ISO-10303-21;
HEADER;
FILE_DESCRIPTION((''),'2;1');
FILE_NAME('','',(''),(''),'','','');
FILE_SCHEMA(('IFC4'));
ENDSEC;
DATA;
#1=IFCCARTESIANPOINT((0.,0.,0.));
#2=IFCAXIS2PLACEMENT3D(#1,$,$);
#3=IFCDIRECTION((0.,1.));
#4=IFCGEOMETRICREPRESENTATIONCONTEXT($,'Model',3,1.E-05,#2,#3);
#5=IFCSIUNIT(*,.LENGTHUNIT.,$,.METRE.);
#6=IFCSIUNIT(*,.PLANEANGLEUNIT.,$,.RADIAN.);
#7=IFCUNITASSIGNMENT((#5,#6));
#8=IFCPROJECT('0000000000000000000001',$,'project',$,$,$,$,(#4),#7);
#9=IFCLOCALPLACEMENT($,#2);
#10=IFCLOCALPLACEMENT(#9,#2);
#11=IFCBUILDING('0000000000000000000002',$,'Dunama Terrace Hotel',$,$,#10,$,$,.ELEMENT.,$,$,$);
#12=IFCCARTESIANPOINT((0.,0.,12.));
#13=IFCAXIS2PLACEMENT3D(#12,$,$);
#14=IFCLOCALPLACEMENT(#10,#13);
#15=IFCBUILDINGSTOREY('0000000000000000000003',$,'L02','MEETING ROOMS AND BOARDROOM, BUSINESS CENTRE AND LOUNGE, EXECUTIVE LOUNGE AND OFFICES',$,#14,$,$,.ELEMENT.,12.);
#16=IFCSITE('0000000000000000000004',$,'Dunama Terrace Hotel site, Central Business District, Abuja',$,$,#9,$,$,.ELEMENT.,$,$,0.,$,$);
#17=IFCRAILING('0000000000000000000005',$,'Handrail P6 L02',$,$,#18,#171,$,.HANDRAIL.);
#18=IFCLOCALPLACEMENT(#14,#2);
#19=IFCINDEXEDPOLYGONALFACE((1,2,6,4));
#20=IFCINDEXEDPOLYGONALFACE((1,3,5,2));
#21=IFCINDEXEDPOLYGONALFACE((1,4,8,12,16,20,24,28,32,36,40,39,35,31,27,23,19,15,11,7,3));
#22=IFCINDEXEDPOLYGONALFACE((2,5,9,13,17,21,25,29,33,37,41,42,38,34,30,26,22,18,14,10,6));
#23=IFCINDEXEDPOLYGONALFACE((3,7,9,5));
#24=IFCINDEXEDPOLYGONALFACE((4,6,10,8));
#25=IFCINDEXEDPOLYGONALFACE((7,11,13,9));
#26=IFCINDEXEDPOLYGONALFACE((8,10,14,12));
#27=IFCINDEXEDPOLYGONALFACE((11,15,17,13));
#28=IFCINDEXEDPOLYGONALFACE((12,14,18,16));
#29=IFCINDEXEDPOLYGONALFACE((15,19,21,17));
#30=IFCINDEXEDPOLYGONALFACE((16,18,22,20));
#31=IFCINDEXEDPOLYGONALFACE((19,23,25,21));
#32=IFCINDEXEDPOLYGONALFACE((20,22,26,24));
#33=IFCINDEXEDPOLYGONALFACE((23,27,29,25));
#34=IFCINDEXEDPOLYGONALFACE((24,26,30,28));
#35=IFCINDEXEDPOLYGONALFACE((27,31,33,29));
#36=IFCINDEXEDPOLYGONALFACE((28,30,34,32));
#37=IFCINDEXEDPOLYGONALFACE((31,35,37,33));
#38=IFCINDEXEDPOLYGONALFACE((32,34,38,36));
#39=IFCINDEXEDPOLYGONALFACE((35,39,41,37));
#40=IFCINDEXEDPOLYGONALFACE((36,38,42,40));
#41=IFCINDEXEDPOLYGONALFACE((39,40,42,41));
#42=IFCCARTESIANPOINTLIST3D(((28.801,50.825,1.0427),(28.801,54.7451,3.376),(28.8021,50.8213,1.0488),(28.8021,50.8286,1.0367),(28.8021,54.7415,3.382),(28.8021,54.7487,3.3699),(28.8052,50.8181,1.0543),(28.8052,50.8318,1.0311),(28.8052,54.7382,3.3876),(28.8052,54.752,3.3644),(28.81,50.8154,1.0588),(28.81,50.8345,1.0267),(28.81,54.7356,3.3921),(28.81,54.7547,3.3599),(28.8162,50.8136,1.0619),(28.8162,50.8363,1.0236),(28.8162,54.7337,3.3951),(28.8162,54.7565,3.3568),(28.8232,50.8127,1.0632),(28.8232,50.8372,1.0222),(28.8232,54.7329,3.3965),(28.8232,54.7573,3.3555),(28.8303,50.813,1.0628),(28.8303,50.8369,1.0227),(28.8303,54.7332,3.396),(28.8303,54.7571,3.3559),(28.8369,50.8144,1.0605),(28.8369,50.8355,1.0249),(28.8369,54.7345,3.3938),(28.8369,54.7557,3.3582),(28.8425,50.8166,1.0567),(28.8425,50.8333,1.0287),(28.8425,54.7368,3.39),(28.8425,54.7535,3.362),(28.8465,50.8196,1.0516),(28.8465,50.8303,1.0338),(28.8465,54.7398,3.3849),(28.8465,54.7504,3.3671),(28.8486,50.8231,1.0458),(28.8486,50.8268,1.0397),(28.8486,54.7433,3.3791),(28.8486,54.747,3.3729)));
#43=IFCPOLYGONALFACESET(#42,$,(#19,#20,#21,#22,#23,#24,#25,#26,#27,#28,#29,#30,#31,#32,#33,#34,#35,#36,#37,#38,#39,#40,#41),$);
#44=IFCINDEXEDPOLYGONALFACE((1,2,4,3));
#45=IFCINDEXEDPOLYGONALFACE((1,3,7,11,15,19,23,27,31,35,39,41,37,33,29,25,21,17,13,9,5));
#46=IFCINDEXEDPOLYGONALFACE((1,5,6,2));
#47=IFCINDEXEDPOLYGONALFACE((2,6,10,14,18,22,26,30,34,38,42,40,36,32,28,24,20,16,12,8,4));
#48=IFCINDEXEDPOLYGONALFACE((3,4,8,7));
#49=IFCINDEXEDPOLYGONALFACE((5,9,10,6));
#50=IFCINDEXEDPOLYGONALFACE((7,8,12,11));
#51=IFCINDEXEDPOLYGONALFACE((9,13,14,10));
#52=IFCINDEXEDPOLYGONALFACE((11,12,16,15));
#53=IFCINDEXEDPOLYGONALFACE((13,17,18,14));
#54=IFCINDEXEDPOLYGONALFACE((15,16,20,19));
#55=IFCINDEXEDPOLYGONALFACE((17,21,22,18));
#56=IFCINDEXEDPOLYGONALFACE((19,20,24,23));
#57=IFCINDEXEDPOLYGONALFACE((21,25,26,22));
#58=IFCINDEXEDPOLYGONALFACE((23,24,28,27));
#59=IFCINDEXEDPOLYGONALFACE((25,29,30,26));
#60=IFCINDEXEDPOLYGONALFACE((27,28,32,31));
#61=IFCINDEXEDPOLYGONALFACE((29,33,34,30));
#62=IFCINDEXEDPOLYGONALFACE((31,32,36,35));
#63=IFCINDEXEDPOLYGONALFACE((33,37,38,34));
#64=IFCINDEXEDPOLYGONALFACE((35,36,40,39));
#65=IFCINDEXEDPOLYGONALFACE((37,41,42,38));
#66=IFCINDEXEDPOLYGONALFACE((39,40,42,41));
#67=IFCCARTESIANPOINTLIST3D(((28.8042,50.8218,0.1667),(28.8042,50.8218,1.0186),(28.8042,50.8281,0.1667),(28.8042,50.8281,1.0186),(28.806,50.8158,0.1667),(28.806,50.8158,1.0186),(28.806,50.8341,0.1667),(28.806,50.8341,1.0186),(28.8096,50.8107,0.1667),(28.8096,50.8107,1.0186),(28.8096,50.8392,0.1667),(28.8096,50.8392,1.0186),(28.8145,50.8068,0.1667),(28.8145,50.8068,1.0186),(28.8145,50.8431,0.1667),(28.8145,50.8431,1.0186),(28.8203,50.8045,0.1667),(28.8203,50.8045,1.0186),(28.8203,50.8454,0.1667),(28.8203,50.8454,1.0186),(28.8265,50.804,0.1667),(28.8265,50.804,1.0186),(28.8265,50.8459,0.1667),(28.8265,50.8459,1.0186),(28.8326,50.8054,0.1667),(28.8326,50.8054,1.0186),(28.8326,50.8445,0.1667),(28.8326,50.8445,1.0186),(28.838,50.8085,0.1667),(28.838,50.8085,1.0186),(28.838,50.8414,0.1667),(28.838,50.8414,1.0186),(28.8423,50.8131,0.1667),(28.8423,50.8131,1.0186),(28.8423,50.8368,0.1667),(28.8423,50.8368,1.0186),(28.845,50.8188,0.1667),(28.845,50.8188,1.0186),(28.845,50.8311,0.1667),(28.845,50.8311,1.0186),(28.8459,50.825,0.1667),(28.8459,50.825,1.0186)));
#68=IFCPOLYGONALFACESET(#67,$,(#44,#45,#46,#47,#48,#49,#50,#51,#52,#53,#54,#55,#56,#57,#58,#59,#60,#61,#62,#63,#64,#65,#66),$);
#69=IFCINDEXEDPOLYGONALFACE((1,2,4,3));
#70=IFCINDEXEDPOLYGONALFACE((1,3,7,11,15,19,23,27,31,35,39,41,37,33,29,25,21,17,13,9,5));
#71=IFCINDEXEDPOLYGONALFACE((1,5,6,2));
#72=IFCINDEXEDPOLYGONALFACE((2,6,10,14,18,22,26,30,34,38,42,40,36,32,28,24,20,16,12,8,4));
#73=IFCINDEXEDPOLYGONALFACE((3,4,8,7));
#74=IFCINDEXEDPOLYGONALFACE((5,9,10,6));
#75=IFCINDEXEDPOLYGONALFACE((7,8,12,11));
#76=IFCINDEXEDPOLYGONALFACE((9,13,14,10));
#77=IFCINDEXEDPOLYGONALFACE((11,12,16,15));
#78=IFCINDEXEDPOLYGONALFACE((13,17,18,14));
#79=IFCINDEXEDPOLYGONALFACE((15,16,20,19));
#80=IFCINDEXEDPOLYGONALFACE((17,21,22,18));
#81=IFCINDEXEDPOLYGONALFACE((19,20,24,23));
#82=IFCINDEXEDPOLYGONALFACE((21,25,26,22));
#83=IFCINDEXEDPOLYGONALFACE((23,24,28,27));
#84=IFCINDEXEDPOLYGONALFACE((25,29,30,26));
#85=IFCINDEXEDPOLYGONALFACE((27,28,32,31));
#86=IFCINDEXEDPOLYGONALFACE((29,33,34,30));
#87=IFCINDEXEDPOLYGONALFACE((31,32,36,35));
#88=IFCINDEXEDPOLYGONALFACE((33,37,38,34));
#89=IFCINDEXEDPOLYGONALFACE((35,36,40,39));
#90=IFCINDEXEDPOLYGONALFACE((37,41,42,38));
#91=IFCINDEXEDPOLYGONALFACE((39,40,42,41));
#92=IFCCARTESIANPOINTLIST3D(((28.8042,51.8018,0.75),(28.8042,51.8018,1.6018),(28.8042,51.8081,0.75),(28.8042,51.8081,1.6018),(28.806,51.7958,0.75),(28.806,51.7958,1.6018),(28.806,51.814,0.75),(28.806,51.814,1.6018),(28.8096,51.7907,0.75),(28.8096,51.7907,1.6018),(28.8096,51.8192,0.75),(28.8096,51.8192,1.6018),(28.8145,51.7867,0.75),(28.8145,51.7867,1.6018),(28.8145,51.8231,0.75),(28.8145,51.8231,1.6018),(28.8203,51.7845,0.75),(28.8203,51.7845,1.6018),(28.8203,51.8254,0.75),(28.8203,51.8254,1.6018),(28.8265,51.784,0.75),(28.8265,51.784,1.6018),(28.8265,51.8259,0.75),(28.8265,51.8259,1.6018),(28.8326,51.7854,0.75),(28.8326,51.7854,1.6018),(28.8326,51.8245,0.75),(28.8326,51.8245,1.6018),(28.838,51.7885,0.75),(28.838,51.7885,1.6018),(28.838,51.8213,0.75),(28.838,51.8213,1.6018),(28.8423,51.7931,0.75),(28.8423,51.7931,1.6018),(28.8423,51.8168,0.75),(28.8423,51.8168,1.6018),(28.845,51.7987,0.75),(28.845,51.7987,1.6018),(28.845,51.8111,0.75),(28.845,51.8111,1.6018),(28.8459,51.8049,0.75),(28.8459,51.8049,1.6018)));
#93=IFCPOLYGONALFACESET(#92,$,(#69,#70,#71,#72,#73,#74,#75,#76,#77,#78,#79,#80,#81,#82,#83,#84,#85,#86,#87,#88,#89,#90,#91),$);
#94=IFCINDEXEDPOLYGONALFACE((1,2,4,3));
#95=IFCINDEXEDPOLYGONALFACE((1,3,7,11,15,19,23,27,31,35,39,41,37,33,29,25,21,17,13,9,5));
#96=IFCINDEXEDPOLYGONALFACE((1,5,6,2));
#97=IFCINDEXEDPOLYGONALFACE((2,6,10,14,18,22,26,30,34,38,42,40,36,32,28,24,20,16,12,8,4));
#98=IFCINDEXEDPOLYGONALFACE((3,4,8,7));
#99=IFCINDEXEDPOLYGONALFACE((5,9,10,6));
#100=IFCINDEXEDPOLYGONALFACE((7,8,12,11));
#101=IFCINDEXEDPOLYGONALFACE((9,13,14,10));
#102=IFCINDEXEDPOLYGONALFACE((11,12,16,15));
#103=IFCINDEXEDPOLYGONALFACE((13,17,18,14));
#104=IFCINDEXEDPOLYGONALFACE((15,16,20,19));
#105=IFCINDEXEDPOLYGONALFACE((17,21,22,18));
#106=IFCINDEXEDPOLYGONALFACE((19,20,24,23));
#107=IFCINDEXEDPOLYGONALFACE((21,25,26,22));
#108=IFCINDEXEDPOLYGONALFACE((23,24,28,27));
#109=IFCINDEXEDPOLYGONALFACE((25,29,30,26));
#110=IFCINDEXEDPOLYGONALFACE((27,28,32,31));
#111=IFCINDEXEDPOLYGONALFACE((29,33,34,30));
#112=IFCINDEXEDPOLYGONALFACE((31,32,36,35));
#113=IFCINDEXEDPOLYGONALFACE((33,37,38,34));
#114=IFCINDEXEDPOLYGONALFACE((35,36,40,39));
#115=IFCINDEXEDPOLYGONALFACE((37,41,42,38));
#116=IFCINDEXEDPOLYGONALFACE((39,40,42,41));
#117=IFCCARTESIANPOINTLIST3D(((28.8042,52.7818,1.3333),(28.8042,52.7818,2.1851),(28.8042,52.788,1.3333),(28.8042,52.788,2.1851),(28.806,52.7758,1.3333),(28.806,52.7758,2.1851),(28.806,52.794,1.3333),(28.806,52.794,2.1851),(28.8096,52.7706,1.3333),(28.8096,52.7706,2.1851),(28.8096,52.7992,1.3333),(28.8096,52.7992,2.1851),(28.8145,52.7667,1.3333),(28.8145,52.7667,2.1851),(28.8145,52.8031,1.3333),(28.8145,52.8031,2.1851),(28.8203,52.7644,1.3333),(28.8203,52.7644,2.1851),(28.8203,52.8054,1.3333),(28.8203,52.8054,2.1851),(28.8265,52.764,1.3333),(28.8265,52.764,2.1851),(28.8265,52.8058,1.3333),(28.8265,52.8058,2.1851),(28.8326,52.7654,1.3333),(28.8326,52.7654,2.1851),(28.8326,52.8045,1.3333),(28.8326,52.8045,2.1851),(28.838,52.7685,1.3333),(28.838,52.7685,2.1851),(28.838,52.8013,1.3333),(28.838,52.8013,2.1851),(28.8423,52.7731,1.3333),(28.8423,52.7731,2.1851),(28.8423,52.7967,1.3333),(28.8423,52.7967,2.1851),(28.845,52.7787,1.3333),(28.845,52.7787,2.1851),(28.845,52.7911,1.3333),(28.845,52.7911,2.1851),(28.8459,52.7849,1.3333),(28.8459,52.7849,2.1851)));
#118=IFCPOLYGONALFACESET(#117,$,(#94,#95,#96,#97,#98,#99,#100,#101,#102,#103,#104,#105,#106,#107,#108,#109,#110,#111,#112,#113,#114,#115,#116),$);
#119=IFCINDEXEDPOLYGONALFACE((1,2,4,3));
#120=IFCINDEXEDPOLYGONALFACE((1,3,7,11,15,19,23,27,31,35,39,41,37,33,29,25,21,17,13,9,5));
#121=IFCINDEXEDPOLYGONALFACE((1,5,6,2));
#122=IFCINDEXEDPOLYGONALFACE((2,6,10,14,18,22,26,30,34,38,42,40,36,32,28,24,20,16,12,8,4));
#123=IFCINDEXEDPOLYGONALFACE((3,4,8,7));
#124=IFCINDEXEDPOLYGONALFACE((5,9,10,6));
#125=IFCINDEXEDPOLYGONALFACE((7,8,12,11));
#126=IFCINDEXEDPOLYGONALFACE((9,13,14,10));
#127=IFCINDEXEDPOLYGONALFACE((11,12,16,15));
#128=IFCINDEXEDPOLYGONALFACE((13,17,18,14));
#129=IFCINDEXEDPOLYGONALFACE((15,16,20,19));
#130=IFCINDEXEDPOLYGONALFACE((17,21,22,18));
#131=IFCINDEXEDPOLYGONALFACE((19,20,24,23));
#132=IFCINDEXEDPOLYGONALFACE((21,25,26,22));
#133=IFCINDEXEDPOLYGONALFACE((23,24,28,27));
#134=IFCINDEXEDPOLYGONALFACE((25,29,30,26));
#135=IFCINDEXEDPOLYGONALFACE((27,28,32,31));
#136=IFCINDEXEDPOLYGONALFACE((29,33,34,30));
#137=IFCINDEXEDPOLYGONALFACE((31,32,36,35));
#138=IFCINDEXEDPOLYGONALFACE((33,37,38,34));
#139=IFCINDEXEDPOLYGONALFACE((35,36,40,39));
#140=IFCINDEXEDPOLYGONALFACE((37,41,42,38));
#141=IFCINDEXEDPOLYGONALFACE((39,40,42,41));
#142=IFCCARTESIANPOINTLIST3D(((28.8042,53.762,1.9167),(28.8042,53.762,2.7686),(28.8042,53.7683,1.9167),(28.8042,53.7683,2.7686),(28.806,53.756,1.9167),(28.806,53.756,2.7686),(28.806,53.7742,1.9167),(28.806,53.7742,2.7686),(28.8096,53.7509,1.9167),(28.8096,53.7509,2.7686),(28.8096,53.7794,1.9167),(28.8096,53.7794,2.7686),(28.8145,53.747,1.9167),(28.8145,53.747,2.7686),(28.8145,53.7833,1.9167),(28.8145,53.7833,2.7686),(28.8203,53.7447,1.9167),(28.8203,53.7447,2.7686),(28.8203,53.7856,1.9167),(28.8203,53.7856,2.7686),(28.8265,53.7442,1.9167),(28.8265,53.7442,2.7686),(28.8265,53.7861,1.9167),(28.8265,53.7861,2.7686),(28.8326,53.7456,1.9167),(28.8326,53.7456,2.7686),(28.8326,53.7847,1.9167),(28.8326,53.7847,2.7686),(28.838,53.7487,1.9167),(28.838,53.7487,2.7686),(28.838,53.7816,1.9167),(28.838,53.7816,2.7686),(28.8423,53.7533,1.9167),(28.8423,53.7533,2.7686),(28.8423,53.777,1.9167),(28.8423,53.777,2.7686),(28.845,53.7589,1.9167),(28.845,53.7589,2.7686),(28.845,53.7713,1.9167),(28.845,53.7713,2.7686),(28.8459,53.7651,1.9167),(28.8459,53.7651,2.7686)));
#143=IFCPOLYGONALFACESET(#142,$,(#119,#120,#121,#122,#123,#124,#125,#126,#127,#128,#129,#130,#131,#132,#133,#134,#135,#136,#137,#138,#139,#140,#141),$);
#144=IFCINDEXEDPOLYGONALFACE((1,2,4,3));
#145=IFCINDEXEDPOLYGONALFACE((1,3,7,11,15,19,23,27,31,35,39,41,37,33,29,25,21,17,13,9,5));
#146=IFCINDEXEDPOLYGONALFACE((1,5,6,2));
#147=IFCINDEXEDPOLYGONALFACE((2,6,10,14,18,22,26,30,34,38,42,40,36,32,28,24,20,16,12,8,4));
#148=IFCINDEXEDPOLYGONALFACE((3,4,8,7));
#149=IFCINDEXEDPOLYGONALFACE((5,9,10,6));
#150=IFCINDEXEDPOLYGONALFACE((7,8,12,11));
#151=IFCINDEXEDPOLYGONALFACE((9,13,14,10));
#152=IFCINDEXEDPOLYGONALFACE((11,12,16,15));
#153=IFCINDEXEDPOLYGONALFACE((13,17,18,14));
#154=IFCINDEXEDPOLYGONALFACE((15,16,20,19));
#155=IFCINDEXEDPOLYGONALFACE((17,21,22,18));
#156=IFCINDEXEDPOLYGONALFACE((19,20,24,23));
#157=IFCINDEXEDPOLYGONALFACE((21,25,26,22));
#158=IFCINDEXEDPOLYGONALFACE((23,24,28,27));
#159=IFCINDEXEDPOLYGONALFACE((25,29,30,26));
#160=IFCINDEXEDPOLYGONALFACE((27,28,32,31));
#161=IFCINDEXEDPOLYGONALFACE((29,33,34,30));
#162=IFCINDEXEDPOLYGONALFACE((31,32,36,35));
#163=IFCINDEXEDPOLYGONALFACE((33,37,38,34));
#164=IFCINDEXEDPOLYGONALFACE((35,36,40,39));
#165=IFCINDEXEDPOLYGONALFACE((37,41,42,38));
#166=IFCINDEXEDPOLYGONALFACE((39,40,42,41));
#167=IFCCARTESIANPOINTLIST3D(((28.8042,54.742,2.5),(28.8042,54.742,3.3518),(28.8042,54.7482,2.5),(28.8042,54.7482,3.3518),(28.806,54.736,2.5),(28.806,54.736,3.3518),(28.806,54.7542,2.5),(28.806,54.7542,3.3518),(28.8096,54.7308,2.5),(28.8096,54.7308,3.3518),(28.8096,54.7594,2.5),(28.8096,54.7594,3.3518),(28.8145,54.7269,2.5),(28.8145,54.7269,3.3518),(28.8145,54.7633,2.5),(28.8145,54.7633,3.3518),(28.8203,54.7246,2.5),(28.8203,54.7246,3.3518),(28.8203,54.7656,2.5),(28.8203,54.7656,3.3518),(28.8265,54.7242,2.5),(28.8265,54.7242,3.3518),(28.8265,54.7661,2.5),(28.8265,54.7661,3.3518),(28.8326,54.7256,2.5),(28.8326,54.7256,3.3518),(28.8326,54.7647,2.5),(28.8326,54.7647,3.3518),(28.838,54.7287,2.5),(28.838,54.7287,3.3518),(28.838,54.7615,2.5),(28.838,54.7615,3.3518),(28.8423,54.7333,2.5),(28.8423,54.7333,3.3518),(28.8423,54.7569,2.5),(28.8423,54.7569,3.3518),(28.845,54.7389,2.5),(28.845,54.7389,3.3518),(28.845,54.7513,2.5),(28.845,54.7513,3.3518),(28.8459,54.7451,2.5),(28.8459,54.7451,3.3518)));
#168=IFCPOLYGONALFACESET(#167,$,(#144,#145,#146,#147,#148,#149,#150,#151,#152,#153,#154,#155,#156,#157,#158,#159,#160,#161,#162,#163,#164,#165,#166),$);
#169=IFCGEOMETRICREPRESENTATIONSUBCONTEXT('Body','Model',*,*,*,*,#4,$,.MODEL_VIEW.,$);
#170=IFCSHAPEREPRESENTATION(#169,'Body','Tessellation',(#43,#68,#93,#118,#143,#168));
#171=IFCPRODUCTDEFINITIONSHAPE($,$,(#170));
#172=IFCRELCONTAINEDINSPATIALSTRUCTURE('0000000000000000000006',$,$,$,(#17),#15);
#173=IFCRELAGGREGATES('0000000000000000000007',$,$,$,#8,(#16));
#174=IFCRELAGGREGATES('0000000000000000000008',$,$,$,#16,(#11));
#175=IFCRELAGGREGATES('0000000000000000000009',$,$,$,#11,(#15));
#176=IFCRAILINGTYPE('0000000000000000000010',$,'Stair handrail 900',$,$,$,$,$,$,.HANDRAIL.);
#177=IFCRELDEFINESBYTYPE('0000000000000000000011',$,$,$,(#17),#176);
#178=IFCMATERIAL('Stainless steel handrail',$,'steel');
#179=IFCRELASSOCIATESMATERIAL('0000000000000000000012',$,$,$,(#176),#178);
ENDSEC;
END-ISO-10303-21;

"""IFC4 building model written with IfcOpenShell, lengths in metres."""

from ifc_helpers import new_model, si_unit, direction, frame, origin, origin_2d, place, context, subcontext, project, spatial, circle, extrude, material, type_object, element, save


model = new_model("IFC4")

# Units and contexts
model_context = context("Model", 3, precision=1e-05, world=origin(), true_north=direction((0.0, 1.0)))
body_context = subcontext(model_context, "Body", "Model", "MODEL_VIEW")
ifc_project = project(units=[si_unit("LENGTHUNIT", "METRE"), si_unit("PLANEANGLEUNIT", "RADIAN")], contexts=[model_context])

# Site, building, storey
site_placement = place(None, origin())
site = spatial("IfcSite", under=ifc_project, at=site_placement, Name="Dunama Terrace Hotel site, Central Business District, Abuja", CompositionType="ELEMENT", RefElevation=0.0)
building_placement = place(site_placement, origin())
building = spatial("IfcBuilding", under=site, at=building_placement, Name="Dunama Terrace Hotel", CompositionType="ELEMENT")
storey_placement = place(building_placement, frame((0.0, 0.0, 12.0)))
storey = spatial("IfcBuildingStorey", under=building, at=storey_placement, Name="L02", Description="MEETING ROOMS AND BOARDROOM, BUSINESS CENTRE AND LOUNGE, EXECUTIVE LOUNGE AND OFFICES", CompositionType="ELEMENT", Elevation=12.0)

# Railing
ifc_material_1 = material(Name="Stainless steel handrail", Category="steel")
railing_type = type_object("IfcRailingType", Name="Stair handrail 900", PredefinedType="HANDRAIL", material=ifc_material_1)
for number, where, name in (
    (1, (28.825, 50.825, 0.1667), "Handrail P6 L02"),
):
    element("IfcRailing", number, at=place(storey_placement, frame(where)), inside=storey, type_object=railing_type, Name=name, PredefinedType="HANDRAIL", context=body_context, shape_type="SweptSolid", body=[
        extrude(circle(Radius=0.0239, at=origin_2d()), frame((0.0, 0.0, 0.876), z_axis=(0.0, 0.85931, 0.511455), x_axis=(-1.0, 0.0, 0.0)), (0.0, 0.0, 1.0), 4.562),
        extrude(circle(Radius=0.021, at=origin_2d()), origin(), (0.0, 0.0, 1.0), 0.8518),
        extrude(circle(Radius=0.021, at=origin_2d()), frame((0.0, 0.98, 0.5833)), (0.0, 0.0, 1.0), 0.8518),
        extrude(circle(Radius=0.021, at=origin_2d()), frame((0.0, 1.96, 1.1665)), (0.0, 0.0, 1.0), 0.8518),
        extrude(circle(Radius=0.021, at=origin_2d()), frame((0.0, 2.9402, 1.75)), (0.0, 0.0, 1.0), 0.8518),
        extrude(circle(Radius=0.021, at=origin_2d()), frame((0.0, 3.9202, 2.3333)), (0.0, 0.0, 1.0), 0.8518),
    ])

save(model, "model.ifc")
